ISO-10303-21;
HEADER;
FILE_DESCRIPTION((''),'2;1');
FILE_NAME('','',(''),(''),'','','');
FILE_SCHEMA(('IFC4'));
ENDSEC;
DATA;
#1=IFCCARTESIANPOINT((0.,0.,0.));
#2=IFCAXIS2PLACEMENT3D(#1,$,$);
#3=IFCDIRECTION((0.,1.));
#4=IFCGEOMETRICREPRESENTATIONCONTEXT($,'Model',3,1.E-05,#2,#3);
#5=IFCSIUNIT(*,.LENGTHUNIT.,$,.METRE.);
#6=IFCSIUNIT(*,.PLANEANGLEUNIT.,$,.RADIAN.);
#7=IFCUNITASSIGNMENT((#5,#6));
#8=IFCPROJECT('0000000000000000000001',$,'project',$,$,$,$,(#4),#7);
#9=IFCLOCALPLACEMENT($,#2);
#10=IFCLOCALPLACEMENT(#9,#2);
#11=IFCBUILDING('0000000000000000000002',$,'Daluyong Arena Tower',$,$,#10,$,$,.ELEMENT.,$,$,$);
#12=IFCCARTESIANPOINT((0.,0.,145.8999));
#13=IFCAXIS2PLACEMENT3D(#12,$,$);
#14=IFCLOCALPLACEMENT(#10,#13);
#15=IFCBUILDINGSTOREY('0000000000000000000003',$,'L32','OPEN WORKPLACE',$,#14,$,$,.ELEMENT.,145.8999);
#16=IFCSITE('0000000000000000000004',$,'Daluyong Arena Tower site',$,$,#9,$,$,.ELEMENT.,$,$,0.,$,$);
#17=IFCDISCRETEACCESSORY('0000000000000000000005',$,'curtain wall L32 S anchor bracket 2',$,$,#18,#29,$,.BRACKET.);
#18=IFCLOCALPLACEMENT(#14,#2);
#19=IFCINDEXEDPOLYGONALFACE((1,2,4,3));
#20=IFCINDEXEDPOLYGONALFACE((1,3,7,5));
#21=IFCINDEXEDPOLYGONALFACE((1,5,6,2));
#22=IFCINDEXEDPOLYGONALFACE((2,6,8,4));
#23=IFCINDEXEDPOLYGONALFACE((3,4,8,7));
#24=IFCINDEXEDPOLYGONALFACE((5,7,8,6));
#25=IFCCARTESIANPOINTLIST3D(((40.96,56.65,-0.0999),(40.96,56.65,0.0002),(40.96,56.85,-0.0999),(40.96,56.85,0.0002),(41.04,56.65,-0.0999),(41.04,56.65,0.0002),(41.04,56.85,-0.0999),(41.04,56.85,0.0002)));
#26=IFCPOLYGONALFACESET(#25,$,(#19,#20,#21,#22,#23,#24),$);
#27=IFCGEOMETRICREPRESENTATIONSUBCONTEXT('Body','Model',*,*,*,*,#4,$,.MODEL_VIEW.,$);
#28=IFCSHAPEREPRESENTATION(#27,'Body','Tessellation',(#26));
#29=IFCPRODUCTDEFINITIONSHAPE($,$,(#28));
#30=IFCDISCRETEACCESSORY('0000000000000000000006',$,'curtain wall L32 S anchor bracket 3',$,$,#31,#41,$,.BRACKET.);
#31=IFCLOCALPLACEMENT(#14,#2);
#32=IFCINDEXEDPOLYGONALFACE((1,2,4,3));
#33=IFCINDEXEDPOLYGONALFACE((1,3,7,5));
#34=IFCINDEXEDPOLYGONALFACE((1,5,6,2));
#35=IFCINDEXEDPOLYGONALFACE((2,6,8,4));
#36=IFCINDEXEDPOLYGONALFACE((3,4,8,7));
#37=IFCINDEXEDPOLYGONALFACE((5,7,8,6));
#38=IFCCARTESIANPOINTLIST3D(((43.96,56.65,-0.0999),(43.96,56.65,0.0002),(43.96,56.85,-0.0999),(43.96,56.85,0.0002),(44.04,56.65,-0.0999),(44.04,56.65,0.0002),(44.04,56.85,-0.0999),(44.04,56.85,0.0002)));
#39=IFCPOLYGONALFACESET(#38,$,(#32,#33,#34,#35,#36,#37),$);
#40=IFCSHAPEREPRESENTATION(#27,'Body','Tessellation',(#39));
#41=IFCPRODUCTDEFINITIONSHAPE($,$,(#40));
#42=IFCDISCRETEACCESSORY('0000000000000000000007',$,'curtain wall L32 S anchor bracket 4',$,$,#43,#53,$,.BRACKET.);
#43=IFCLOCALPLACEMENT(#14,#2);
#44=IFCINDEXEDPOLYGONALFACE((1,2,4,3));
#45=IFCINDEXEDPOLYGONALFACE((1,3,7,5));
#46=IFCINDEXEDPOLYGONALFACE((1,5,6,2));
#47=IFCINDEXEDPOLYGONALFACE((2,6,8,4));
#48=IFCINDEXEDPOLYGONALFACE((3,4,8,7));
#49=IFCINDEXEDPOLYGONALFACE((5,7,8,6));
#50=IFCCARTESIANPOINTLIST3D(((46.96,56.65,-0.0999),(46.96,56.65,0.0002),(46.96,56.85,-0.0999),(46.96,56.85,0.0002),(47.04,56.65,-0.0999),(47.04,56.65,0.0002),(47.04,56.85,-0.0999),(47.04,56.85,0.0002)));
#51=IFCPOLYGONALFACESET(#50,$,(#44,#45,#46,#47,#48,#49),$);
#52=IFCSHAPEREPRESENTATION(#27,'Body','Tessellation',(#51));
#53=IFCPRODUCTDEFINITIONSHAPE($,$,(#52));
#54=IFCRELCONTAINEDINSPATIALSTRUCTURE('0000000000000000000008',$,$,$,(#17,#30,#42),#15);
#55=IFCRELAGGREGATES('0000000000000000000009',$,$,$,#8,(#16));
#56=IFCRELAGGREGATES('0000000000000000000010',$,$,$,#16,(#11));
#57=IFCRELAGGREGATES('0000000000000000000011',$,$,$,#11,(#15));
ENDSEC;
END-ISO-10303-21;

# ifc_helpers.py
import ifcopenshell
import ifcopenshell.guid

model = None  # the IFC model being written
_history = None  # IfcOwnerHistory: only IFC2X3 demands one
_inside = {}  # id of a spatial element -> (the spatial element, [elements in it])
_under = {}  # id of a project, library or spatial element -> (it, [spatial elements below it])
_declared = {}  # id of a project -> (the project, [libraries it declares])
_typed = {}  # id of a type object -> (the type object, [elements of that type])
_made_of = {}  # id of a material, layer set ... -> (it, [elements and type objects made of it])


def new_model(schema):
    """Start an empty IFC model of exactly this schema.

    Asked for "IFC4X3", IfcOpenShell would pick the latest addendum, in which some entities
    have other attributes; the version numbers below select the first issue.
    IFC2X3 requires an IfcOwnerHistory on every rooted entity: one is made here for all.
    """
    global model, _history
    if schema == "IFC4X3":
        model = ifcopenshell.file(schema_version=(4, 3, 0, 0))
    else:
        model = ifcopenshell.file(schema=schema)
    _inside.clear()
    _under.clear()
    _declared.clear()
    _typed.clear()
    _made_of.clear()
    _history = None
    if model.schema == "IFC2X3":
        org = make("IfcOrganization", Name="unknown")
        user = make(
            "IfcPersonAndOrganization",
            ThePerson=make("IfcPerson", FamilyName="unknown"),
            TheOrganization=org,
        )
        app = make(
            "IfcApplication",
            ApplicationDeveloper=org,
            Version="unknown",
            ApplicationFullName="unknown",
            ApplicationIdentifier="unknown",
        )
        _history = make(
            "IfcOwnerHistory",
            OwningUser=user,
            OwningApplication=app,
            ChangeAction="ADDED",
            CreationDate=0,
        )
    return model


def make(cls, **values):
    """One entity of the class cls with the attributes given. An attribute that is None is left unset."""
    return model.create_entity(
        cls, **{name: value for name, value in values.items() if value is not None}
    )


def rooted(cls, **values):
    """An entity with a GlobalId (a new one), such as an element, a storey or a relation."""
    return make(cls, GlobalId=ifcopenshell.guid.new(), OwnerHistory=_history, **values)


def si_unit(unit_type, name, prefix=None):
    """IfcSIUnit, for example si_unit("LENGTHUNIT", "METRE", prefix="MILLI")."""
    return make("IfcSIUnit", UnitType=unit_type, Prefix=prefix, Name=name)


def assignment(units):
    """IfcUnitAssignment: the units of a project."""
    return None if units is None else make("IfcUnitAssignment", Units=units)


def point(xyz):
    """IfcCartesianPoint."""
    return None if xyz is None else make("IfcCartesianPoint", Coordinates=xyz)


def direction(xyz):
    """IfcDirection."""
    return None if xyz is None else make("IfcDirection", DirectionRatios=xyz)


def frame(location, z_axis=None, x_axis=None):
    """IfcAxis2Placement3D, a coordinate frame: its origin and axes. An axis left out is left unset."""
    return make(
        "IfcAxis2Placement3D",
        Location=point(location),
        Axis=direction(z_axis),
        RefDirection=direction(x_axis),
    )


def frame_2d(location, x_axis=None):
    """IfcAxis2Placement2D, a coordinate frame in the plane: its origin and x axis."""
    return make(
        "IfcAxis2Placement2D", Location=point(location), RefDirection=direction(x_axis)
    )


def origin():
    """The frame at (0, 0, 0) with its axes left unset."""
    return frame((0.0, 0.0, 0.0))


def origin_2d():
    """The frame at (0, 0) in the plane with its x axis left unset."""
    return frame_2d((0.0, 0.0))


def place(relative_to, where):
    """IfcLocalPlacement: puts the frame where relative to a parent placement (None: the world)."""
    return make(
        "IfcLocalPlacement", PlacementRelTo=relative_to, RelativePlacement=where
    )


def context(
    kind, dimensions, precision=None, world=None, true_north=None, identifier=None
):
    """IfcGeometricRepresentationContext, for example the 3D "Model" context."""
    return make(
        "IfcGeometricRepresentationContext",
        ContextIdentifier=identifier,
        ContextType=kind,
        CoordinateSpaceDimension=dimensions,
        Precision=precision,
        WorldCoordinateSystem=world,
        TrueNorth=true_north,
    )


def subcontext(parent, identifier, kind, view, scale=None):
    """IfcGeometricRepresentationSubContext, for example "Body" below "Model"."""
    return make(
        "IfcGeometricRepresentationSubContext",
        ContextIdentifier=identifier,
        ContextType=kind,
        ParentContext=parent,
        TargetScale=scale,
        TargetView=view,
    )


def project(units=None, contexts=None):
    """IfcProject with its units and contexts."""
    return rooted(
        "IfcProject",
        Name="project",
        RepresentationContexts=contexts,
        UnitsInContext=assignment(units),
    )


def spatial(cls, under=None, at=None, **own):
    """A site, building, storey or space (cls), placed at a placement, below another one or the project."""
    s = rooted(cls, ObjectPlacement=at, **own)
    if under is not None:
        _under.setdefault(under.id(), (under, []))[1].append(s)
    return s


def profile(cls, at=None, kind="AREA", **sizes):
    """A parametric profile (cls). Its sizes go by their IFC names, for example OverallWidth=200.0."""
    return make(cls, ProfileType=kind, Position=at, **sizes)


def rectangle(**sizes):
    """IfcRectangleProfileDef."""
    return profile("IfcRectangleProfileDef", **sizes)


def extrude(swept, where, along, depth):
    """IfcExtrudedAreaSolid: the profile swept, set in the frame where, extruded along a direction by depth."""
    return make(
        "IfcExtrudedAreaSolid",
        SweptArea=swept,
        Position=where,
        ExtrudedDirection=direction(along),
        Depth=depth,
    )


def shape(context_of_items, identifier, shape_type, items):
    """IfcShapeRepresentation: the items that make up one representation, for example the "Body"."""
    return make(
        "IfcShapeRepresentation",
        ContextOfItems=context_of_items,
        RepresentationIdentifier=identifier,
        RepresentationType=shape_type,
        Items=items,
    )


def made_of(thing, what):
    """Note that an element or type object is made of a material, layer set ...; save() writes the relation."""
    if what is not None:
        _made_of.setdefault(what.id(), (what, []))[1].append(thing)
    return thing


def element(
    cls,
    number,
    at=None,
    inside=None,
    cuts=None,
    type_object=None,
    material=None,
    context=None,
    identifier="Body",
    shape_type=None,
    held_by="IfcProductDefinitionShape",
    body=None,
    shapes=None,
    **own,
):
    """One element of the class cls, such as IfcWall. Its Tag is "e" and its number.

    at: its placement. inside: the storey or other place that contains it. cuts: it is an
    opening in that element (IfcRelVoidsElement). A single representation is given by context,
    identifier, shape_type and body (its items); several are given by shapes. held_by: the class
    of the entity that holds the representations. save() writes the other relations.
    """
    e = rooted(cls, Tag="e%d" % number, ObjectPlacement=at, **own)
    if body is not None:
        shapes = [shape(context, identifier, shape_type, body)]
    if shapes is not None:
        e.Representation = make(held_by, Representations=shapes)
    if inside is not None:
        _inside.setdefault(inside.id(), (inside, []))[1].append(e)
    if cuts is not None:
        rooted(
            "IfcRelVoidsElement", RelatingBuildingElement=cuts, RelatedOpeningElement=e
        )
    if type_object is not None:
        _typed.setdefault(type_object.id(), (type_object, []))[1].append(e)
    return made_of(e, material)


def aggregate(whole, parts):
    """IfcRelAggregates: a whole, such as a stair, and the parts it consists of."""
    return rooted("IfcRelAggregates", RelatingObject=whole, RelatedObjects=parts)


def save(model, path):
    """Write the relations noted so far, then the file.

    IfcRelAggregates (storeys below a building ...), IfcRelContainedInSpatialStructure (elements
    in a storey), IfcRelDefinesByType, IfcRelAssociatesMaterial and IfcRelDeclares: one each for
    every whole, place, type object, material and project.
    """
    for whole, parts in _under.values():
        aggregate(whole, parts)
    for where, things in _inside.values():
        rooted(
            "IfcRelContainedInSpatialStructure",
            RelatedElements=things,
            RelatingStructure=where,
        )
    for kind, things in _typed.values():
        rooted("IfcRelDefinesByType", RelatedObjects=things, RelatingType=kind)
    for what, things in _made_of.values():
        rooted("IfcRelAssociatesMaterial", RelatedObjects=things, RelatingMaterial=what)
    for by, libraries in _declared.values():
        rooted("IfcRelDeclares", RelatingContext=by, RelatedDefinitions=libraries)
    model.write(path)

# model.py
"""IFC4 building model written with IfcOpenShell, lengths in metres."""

from ifc_helpers import new_model, si_unit, direction, frame, origin, origin_2d, place, context, subcontext, project, spatial, rectangle, extrude, element, save


model = new_model("IFC4")

# Units and contexts
model_context = context("Model", 3, precision=1e-05, world=origin(), true_north=direction((0.0, 1.0)))
body_context = subcontext(model_context, "Body", "Model", "MODEL_VIEW")
ifc_project = project(units=[si_unit("LENGTHUNIT", "METRE"), si_unit("PLANEANGLEUNIT", "RADIAN")], contexts=[model_context])

# Site, building, storey
site_placement = place(None, origin())
site = spatial("IfcSite", under=ifc_project, at=site_placement, Name="Daluyong Arena Tower site", CompositionType="ELEMENT", RefElevation=0.0)
building_placement = place(site_placement, origin())
building = spatial("IfcBuilding", under=site, at=building_placement, Name="Daluyong Arena Tower", CompositionType="ELEMENT")
storey_placement = place(building_placement, frame((0.0, 0.0, 145.8999)))
storey = spatial("IfcBuildingStorey", under=building, at=storey_placement, Name="L32", Description="OPEN WORKPLACE", CompositionType="ELEMENT", Elevation=145.8999)

# Discrete accessories
for number, where, z_axis, x_axis, name in (
    (1, (41.0, 56.75, -0.0999), (0.0, 0.0, 1.0), (1.0, 0.0, 0.0), "curtain wall L32 S anchor bracket 2"),
    (2, (44.0, 56.75, -0.0999), (0.0, 0.0, 1.0), (1.0, 0.0, 0.0), "curtain wall L32 S anchor bracket 3"),
    (3, (47.0, 56.75, -0.0999), (0.0, 0.0, 1.0), (1.0, 0.0, 0.0), "curtain wall L32 S anchor bracket 4"),
):
    element("IfcDiscreteAccessory", number, at=place(storey_placement, frame(where, z_axis=z_axis, x_axis=x_axis)), inside=storey, Name=name, PredefinedType="BRACKET", context=body_context, shape_type="SweptSolid", body=[
        extrude(rectangle(XDim=0.0801, YDim=0.2, at=origin_2d()), origin(), (0.0, 0.0, 1.0), 0.1001),
    ])

save(model, "model.ifc")
